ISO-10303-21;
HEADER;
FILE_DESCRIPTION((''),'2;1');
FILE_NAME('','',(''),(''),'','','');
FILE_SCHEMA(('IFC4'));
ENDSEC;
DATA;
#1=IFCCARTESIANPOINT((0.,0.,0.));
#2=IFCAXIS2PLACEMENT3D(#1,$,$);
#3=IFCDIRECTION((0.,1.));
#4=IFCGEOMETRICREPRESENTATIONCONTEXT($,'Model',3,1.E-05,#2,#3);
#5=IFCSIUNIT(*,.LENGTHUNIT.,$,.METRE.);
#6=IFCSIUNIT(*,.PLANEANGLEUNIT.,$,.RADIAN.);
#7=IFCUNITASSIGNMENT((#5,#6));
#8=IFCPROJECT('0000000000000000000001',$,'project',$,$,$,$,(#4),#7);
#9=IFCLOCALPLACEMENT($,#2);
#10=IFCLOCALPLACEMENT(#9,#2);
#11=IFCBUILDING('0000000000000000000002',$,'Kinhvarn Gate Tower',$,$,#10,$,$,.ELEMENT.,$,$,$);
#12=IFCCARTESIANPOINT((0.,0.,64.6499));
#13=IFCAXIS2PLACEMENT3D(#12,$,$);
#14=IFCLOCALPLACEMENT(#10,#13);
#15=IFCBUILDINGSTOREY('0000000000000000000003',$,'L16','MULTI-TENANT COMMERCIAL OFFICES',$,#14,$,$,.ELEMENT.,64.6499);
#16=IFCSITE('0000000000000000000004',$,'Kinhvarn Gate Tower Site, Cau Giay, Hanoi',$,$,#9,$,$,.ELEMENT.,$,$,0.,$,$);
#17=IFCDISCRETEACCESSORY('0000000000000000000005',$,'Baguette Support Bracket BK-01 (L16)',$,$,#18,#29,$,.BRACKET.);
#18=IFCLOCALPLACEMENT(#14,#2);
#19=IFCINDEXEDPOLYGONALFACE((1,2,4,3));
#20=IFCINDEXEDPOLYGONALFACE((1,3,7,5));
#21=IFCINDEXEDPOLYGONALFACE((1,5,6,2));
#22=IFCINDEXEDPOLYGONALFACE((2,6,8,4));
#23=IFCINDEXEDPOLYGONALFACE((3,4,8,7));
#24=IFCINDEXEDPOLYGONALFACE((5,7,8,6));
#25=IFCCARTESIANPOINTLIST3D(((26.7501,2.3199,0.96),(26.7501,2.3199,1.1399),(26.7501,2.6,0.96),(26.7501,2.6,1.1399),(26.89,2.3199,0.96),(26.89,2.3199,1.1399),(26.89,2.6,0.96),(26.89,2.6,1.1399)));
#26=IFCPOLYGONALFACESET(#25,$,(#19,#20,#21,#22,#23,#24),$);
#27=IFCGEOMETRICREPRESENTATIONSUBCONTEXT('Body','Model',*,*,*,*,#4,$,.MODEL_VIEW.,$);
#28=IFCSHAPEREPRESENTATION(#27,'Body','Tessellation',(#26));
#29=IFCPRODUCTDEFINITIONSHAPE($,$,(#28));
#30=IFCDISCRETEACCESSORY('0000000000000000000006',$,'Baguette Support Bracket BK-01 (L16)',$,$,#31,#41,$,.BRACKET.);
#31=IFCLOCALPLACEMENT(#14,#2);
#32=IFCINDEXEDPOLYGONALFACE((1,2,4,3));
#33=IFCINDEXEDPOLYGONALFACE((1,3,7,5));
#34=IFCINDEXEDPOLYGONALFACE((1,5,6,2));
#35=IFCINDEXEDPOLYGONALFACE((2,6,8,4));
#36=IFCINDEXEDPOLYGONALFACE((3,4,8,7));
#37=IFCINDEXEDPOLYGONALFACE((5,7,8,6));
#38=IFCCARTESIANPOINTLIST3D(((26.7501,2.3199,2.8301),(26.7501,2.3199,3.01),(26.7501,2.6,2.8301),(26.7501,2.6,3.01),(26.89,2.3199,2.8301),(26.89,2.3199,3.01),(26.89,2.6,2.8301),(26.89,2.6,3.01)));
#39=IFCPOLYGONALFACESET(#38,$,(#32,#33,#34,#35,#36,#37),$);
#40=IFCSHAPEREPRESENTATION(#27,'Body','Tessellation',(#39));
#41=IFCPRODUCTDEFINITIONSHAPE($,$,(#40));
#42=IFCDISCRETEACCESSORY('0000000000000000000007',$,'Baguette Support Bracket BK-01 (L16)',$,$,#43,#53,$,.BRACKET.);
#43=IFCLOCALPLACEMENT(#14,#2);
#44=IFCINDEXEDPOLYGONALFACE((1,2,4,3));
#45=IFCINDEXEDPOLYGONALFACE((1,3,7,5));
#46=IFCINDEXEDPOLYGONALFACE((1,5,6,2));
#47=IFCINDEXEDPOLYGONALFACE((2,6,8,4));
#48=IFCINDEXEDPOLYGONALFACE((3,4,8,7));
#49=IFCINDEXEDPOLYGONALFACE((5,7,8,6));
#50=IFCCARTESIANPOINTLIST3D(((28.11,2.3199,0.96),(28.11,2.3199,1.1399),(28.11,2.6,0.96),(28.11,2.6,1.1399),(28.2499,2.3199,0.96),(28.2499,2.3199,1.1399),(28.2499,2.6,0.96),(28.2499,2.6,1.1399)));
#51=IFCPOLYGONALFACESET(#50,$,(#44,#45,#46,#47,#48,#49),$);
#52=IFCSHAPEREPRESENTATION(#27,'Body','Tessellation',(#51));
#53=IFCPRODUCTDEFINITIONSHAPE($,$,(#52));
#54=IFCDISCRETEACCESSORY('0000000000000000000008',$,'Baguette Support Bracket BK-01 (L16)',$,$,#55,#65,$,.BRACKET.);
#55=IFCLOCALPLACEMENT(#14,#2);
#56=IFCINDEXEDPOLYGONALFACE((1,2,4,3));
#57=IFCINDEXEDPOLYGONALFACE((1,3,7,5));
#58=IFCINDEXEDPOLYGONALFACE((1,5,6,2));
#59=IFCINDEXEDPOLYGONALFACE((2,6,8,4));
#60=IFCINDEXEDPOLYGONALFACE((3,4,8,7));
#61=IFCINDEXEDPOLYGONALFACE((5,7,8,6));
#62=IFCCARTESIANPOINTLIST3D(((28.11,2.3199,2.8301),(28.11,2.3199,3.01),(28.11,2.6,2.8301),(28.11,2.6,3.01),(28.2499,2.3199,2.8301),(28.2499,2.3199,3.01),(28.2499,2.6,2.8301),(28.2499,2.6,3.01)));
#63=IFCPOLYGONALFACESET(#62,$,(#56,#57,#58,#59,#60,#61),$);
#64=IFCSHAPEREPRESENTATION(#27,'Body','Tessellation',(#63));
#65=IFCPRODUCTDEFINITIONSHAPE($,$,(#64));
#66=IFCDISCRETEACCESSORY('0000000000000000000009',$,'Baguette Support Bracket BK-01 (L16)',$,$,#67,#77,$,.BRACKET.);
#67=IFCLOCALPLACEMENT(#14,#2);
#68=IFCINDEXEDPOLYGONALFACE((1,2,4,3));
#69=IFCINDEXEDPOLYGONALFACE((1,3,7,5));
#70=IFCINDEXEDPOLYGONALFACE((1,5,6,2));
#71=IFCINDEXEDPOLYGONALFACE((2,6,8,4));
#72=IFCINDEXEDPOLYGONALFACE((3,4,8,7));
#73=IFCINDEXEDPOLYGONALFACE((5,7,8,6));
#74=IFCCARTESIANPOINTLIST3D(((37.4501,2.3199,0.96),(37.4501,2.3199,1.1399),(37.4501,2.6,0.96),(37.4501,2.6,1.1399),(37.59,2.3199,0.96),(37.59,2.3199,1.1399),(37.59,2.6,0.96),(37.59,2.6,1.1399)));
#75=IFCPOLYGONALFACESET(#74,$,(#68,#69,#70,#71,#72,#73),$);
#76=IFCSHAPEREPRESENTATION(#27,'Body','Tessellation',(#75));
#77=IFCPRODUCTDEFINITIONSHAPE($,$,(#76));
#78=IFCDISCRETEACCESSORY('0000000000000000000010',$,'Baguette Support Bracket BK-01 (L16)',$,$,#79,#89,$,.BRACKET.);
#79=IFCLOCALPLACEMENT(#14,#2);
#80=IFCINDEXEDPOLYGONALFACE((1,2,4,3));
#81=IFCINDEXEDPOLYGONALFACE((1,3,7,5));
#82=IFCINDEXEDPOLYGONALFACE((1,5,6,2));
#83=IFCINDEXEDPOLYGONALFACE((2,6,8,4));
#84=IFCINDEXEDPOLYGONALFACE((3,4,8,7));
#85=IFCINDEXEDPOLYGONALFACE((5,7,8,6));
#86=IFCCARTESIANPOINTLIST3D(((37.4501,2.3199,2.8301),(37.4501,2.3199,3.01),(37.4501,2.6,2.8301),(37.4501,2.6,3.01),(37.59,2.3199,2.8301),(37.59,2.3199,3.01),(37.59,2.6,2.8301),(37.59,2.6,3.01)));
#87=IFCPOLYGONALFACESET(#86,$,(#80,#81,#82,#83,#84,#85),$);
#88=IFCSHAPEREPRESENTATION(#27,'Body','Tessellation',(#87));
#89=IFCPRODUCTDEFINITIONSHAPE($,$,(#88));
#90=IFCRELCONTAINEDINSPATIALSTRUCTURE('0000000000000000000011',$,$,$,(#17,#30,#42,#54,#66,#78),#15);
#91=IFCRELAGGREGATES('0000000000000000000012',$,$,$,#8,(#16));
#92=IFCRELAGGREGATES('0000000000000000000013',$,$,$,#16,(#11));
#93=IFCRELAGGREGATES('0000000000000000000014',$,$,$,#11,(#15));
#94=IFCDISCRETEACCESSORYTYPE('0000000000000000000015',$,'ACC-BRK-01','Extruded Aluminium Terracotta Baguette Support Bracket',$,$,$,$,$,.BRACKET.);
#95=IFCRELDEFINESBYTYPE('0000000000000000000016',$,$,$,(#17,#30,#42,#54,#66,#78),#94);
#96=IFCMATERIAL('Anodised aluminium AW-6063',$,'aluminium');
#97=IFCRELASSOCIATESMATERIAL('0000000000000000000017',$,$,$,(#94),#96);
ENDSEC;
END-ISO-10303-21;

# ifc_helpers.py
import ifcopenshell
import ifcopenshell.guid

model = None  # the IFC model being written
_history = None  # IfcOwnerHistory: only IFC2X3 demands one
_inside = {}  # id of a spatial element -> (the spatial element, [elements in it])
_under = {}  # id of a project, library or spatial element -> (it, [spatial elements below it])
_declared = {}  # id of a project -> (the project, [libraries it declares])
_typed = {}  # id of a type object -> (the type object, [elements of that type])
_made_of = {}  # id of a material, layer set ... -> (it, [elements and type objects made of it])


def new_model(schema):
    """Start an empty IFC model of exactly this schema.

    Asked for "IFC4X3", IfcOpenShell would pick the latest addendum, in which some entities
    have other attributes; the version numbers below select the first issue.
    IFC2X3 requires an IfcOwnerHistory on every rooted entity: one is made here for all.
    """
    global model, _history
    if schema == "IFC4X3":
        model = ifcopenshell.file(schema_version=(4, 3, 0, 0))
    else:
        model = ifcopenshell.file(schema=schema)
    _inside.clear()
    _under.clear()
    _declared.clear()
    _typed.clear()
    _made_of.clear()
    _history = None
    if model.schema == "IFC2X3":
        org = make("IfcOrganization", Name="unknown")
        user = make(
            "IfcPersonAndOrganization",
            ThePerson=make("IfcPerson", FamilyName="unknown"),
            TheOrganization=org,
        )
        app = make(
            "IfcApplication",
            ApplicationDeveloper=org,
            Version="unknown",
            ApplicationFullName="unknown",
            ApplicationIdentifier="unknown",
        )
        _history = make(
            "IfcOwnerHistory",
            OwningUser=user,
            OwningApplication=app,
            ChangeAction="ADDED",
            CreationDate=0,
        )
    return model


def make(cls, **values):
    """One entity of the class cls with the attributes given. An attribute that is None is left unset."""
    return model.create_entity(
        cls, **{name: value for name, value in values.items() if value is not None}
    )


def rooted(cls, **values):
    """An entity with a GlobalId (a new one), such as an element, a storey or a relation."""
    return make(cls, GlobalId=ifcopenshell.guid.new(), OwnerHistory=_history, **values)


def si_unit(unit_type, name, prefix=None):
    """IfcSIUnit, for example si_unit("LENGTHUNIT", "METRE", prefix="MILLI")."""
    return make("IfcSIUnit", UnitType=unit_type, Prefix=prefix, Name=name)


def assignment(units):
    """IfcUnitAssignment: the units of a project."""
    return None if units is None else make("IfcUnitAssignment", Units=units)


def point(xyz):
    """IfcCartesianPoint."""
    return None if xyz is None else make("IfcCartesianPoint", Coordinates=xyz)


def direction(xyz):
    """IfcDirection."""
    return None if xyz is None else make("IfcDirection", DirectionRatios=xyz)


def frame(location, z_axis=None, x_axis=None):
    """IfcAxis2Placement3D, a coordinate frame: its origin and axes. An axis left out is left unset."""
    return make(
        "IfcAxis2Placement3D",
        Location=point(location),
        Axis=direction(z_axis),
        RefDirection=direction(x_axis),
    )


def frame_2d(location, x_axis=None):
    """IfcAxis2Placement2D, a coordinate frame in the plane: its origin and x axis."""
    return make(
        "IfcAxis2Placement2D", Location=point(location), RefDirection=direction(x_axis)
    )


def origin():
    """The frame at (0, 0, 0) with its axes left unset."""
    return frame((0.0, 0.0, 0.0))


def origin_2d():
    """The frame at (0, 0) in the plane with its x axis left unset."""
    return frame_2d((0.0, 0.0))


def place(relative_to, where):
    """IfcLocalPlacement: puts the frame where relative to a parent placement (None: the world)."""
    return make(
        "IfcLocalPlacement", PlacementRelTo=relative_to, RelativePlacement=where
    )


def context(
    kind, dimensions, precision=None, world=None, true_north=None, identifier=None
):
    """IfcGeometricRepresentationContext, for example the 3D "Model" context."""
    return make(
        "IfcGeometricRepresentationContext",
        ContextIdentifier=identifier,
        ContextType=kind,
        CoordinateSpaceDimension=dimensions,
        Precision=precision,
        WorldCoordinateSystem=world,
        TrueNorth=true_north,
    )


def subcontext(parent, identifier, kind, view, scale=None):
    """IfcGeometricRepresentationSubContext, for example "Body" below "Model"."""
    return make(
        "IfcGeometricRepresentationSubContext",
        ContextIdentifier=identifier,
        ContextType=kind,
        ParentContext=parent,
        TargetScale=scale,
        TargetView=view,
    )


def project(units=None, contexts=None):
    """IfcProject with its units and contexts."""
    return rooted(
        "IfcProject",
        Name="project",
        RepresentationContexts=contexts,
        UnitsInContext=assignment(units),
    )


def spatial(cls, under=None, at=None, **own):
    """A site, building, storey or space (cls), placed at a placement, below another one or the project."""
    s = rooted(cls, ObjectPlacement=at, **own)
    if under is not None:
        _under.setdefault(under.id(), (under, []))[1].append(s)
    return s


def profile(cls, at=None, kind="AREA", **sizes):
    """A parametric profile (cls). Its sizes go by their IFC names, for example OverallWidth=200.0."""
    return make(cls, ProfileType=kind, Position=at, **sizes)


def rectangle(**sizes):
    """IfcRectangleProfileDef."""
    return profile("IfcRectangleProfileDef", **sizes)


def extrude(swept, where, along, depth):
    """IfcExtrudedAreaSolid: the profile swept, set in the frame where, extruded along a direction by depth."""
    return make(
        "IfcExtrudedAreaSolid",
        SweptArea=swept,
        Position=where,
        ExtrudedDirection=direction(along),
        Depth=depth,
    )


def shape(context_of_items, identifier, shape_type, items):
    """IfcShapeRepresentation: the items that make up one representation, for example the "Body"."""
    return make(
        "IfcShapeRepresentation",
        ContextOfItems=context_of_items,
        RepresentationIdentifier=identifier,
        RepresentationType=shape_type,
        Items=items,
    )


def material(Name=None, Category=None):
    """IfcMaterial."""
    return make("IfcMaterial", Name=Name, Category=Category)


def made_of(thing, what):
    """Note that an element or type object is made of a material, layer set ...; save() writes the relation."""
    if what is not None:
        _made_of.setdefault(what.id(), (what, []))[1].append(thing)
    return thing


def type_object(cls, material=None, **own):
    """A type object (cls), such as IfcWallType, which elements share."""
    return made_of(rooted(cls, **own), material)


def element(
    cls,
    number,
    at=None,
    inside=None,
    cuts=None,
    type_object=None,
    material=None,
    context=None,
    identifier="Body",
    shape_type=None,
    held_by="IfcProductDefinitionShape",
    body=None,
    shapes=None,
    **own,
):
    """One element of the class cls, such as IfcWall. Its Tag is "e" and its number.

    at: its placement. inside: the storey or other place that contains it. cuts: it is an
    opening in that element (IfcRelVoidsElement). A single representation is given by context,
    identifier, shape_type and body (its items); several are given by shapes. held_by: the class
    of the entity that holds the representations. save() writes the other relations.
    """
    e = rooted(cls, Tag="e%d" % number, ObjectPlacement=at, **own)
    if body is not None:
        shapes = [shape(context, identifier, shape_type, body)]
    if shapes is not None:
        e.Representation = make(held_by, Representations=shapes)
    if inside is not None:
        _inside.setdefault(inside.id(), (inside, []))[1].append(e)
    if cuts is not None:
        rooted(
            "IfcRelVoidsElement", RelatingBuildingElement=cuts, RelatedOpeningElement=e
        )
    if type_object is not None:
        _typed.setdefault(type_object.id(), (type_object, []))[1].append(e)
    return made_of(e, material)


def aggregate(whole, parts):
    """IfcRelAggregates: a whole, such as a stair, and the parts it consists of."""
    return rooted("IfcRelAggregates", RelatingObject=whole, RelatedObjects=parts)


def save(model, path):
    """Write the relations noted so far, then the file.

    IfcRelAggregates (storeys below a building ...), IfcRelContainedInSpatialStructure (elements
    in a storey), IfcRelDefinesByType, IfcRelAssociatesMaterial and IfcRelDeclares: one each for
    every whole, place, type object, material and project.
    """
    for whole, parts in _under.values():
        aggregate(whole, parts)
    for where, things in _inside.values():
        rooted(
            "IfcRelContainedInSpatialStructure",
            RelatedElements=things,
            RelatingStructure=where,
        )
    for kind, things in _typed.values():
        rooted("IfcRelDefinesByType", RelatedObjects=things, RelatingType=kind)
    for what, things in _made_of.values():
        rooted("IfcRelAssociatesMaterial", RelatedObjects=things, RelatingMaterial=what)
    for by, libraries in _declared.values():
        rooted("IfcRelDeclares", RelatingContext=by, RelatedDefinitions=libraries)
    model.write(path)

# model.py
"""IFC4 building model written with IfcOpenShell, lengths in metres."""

from ifc_helpers import new_model, si_unit, direction, frame, origin, origin_2d, place, context, subcontext, project, spatial, rectangle, extrude, material, type_object, element, save


model = new_model("IFC4")

# Units and contexts
model_context = context("Model", 3, precision=1e-05, world=origin(), true_north=direction((0.0, 1.0)))
body_context = subcontext(model_context, "Body", "Model", "MODEL_VIEW")
ifc_project = project(units=[si_unit("LENGTHUNIT", "METRE"), si_unit("PLANEANGLEUNIT", "RADIAN")], contexts=[model_context])

# Site, building, storey
site_placement = place(None, origin())
site = spatial("IfcSite", under=ifc_project, at=site_placement, Name="Kinhvarn Gate Tower Site, Cau Giay, Hanoi", CompositionType="ELEMENT", RefElevation=0.0)
building_placement = place(site_placement, origin())
building = spatial("IfcBuilding", under=site, at=building_placement, Name="Kinhvarn Gate Tower", CompositionType="ELEMENT")
storey_placement = place(building_placement, frame((0.0, 0.0, 64.6499)))
storey = spatial("IfcBuildingStorey", under=building, at=storey_placement, Name="L16", Description="MULTI-TENANT COMMERCIAL OFFICES", CompositionType="ELEMENT", Elevation=64.6499)

# Shared definitions
ifc_material_1 = material(Name="Anodised aluminium AW-6063", Category="aluminium")

# Discrete accessories
discrete_accessory_type = type_object("IfcDiscreteAccessoryType", Name="ACC-BRK-01", Description="Extruded Aluminium Terracotta Baguette Support Bracket", PredefinedType="BRACKET", material=ifc_material_1)
for number, where, z_axis, x_axis, name in (
    (1, (26.8201, 2.46, 0.96), (0.0, 0.0, 1.0), (1.0, 0.0, 0.0), "Baguette Support Bracket BK-01 (L16)"),
    (2, (26.8201, 2.46, 2.8301), (0.0, 0.0, 1.0), (1.0, 0.0, 0.0), "Baguette Support Bracket BK-01 (L16)"),
    (3, (28.1799, 2.46, 0.96), (0.0, 0.0, 1.0), (1.0, 0.0, 0.0), "Baguette Support Bracket BK-01 (L16)"),
    (4, (28.1799, 2.46, 2.8301), (0.0, 0.0, 1.0), (1.0, 0.0, 0.0), "Baguette Support Bracket BK-01 (L16)"),
    (5, (37.52, 2.46, 0.96), (0.0, 0.0, 1.0), (1.0, 0.0, 0.0), "Baguette Support Bracket BK-01 (L16)"),
    (6, (37.52, 2.46, 2.8301), (0.0, 0.0, 1.0), (1.0, 0.0, 0.0), "Baguette Support Bracket BK-01 (L16)"),
):
    element("IfcDiscreteAccessory", number, at=place(storey_placement, frame(where, z_axis=z_axis, x_axis=x_axis)), inside=storey, type_object=discrete_accessory_type, Name=name, PredefinedType="BRACKET", context=body_context, shape_type="SweptSolid", body=[
        extrude(rectangle(XDim=0.1399, YDim=0.28, at=origin_2d()), origin(), (0.0, 0.0, 1.0), 0.1799),
    ])

save(model, "model.ifc")
